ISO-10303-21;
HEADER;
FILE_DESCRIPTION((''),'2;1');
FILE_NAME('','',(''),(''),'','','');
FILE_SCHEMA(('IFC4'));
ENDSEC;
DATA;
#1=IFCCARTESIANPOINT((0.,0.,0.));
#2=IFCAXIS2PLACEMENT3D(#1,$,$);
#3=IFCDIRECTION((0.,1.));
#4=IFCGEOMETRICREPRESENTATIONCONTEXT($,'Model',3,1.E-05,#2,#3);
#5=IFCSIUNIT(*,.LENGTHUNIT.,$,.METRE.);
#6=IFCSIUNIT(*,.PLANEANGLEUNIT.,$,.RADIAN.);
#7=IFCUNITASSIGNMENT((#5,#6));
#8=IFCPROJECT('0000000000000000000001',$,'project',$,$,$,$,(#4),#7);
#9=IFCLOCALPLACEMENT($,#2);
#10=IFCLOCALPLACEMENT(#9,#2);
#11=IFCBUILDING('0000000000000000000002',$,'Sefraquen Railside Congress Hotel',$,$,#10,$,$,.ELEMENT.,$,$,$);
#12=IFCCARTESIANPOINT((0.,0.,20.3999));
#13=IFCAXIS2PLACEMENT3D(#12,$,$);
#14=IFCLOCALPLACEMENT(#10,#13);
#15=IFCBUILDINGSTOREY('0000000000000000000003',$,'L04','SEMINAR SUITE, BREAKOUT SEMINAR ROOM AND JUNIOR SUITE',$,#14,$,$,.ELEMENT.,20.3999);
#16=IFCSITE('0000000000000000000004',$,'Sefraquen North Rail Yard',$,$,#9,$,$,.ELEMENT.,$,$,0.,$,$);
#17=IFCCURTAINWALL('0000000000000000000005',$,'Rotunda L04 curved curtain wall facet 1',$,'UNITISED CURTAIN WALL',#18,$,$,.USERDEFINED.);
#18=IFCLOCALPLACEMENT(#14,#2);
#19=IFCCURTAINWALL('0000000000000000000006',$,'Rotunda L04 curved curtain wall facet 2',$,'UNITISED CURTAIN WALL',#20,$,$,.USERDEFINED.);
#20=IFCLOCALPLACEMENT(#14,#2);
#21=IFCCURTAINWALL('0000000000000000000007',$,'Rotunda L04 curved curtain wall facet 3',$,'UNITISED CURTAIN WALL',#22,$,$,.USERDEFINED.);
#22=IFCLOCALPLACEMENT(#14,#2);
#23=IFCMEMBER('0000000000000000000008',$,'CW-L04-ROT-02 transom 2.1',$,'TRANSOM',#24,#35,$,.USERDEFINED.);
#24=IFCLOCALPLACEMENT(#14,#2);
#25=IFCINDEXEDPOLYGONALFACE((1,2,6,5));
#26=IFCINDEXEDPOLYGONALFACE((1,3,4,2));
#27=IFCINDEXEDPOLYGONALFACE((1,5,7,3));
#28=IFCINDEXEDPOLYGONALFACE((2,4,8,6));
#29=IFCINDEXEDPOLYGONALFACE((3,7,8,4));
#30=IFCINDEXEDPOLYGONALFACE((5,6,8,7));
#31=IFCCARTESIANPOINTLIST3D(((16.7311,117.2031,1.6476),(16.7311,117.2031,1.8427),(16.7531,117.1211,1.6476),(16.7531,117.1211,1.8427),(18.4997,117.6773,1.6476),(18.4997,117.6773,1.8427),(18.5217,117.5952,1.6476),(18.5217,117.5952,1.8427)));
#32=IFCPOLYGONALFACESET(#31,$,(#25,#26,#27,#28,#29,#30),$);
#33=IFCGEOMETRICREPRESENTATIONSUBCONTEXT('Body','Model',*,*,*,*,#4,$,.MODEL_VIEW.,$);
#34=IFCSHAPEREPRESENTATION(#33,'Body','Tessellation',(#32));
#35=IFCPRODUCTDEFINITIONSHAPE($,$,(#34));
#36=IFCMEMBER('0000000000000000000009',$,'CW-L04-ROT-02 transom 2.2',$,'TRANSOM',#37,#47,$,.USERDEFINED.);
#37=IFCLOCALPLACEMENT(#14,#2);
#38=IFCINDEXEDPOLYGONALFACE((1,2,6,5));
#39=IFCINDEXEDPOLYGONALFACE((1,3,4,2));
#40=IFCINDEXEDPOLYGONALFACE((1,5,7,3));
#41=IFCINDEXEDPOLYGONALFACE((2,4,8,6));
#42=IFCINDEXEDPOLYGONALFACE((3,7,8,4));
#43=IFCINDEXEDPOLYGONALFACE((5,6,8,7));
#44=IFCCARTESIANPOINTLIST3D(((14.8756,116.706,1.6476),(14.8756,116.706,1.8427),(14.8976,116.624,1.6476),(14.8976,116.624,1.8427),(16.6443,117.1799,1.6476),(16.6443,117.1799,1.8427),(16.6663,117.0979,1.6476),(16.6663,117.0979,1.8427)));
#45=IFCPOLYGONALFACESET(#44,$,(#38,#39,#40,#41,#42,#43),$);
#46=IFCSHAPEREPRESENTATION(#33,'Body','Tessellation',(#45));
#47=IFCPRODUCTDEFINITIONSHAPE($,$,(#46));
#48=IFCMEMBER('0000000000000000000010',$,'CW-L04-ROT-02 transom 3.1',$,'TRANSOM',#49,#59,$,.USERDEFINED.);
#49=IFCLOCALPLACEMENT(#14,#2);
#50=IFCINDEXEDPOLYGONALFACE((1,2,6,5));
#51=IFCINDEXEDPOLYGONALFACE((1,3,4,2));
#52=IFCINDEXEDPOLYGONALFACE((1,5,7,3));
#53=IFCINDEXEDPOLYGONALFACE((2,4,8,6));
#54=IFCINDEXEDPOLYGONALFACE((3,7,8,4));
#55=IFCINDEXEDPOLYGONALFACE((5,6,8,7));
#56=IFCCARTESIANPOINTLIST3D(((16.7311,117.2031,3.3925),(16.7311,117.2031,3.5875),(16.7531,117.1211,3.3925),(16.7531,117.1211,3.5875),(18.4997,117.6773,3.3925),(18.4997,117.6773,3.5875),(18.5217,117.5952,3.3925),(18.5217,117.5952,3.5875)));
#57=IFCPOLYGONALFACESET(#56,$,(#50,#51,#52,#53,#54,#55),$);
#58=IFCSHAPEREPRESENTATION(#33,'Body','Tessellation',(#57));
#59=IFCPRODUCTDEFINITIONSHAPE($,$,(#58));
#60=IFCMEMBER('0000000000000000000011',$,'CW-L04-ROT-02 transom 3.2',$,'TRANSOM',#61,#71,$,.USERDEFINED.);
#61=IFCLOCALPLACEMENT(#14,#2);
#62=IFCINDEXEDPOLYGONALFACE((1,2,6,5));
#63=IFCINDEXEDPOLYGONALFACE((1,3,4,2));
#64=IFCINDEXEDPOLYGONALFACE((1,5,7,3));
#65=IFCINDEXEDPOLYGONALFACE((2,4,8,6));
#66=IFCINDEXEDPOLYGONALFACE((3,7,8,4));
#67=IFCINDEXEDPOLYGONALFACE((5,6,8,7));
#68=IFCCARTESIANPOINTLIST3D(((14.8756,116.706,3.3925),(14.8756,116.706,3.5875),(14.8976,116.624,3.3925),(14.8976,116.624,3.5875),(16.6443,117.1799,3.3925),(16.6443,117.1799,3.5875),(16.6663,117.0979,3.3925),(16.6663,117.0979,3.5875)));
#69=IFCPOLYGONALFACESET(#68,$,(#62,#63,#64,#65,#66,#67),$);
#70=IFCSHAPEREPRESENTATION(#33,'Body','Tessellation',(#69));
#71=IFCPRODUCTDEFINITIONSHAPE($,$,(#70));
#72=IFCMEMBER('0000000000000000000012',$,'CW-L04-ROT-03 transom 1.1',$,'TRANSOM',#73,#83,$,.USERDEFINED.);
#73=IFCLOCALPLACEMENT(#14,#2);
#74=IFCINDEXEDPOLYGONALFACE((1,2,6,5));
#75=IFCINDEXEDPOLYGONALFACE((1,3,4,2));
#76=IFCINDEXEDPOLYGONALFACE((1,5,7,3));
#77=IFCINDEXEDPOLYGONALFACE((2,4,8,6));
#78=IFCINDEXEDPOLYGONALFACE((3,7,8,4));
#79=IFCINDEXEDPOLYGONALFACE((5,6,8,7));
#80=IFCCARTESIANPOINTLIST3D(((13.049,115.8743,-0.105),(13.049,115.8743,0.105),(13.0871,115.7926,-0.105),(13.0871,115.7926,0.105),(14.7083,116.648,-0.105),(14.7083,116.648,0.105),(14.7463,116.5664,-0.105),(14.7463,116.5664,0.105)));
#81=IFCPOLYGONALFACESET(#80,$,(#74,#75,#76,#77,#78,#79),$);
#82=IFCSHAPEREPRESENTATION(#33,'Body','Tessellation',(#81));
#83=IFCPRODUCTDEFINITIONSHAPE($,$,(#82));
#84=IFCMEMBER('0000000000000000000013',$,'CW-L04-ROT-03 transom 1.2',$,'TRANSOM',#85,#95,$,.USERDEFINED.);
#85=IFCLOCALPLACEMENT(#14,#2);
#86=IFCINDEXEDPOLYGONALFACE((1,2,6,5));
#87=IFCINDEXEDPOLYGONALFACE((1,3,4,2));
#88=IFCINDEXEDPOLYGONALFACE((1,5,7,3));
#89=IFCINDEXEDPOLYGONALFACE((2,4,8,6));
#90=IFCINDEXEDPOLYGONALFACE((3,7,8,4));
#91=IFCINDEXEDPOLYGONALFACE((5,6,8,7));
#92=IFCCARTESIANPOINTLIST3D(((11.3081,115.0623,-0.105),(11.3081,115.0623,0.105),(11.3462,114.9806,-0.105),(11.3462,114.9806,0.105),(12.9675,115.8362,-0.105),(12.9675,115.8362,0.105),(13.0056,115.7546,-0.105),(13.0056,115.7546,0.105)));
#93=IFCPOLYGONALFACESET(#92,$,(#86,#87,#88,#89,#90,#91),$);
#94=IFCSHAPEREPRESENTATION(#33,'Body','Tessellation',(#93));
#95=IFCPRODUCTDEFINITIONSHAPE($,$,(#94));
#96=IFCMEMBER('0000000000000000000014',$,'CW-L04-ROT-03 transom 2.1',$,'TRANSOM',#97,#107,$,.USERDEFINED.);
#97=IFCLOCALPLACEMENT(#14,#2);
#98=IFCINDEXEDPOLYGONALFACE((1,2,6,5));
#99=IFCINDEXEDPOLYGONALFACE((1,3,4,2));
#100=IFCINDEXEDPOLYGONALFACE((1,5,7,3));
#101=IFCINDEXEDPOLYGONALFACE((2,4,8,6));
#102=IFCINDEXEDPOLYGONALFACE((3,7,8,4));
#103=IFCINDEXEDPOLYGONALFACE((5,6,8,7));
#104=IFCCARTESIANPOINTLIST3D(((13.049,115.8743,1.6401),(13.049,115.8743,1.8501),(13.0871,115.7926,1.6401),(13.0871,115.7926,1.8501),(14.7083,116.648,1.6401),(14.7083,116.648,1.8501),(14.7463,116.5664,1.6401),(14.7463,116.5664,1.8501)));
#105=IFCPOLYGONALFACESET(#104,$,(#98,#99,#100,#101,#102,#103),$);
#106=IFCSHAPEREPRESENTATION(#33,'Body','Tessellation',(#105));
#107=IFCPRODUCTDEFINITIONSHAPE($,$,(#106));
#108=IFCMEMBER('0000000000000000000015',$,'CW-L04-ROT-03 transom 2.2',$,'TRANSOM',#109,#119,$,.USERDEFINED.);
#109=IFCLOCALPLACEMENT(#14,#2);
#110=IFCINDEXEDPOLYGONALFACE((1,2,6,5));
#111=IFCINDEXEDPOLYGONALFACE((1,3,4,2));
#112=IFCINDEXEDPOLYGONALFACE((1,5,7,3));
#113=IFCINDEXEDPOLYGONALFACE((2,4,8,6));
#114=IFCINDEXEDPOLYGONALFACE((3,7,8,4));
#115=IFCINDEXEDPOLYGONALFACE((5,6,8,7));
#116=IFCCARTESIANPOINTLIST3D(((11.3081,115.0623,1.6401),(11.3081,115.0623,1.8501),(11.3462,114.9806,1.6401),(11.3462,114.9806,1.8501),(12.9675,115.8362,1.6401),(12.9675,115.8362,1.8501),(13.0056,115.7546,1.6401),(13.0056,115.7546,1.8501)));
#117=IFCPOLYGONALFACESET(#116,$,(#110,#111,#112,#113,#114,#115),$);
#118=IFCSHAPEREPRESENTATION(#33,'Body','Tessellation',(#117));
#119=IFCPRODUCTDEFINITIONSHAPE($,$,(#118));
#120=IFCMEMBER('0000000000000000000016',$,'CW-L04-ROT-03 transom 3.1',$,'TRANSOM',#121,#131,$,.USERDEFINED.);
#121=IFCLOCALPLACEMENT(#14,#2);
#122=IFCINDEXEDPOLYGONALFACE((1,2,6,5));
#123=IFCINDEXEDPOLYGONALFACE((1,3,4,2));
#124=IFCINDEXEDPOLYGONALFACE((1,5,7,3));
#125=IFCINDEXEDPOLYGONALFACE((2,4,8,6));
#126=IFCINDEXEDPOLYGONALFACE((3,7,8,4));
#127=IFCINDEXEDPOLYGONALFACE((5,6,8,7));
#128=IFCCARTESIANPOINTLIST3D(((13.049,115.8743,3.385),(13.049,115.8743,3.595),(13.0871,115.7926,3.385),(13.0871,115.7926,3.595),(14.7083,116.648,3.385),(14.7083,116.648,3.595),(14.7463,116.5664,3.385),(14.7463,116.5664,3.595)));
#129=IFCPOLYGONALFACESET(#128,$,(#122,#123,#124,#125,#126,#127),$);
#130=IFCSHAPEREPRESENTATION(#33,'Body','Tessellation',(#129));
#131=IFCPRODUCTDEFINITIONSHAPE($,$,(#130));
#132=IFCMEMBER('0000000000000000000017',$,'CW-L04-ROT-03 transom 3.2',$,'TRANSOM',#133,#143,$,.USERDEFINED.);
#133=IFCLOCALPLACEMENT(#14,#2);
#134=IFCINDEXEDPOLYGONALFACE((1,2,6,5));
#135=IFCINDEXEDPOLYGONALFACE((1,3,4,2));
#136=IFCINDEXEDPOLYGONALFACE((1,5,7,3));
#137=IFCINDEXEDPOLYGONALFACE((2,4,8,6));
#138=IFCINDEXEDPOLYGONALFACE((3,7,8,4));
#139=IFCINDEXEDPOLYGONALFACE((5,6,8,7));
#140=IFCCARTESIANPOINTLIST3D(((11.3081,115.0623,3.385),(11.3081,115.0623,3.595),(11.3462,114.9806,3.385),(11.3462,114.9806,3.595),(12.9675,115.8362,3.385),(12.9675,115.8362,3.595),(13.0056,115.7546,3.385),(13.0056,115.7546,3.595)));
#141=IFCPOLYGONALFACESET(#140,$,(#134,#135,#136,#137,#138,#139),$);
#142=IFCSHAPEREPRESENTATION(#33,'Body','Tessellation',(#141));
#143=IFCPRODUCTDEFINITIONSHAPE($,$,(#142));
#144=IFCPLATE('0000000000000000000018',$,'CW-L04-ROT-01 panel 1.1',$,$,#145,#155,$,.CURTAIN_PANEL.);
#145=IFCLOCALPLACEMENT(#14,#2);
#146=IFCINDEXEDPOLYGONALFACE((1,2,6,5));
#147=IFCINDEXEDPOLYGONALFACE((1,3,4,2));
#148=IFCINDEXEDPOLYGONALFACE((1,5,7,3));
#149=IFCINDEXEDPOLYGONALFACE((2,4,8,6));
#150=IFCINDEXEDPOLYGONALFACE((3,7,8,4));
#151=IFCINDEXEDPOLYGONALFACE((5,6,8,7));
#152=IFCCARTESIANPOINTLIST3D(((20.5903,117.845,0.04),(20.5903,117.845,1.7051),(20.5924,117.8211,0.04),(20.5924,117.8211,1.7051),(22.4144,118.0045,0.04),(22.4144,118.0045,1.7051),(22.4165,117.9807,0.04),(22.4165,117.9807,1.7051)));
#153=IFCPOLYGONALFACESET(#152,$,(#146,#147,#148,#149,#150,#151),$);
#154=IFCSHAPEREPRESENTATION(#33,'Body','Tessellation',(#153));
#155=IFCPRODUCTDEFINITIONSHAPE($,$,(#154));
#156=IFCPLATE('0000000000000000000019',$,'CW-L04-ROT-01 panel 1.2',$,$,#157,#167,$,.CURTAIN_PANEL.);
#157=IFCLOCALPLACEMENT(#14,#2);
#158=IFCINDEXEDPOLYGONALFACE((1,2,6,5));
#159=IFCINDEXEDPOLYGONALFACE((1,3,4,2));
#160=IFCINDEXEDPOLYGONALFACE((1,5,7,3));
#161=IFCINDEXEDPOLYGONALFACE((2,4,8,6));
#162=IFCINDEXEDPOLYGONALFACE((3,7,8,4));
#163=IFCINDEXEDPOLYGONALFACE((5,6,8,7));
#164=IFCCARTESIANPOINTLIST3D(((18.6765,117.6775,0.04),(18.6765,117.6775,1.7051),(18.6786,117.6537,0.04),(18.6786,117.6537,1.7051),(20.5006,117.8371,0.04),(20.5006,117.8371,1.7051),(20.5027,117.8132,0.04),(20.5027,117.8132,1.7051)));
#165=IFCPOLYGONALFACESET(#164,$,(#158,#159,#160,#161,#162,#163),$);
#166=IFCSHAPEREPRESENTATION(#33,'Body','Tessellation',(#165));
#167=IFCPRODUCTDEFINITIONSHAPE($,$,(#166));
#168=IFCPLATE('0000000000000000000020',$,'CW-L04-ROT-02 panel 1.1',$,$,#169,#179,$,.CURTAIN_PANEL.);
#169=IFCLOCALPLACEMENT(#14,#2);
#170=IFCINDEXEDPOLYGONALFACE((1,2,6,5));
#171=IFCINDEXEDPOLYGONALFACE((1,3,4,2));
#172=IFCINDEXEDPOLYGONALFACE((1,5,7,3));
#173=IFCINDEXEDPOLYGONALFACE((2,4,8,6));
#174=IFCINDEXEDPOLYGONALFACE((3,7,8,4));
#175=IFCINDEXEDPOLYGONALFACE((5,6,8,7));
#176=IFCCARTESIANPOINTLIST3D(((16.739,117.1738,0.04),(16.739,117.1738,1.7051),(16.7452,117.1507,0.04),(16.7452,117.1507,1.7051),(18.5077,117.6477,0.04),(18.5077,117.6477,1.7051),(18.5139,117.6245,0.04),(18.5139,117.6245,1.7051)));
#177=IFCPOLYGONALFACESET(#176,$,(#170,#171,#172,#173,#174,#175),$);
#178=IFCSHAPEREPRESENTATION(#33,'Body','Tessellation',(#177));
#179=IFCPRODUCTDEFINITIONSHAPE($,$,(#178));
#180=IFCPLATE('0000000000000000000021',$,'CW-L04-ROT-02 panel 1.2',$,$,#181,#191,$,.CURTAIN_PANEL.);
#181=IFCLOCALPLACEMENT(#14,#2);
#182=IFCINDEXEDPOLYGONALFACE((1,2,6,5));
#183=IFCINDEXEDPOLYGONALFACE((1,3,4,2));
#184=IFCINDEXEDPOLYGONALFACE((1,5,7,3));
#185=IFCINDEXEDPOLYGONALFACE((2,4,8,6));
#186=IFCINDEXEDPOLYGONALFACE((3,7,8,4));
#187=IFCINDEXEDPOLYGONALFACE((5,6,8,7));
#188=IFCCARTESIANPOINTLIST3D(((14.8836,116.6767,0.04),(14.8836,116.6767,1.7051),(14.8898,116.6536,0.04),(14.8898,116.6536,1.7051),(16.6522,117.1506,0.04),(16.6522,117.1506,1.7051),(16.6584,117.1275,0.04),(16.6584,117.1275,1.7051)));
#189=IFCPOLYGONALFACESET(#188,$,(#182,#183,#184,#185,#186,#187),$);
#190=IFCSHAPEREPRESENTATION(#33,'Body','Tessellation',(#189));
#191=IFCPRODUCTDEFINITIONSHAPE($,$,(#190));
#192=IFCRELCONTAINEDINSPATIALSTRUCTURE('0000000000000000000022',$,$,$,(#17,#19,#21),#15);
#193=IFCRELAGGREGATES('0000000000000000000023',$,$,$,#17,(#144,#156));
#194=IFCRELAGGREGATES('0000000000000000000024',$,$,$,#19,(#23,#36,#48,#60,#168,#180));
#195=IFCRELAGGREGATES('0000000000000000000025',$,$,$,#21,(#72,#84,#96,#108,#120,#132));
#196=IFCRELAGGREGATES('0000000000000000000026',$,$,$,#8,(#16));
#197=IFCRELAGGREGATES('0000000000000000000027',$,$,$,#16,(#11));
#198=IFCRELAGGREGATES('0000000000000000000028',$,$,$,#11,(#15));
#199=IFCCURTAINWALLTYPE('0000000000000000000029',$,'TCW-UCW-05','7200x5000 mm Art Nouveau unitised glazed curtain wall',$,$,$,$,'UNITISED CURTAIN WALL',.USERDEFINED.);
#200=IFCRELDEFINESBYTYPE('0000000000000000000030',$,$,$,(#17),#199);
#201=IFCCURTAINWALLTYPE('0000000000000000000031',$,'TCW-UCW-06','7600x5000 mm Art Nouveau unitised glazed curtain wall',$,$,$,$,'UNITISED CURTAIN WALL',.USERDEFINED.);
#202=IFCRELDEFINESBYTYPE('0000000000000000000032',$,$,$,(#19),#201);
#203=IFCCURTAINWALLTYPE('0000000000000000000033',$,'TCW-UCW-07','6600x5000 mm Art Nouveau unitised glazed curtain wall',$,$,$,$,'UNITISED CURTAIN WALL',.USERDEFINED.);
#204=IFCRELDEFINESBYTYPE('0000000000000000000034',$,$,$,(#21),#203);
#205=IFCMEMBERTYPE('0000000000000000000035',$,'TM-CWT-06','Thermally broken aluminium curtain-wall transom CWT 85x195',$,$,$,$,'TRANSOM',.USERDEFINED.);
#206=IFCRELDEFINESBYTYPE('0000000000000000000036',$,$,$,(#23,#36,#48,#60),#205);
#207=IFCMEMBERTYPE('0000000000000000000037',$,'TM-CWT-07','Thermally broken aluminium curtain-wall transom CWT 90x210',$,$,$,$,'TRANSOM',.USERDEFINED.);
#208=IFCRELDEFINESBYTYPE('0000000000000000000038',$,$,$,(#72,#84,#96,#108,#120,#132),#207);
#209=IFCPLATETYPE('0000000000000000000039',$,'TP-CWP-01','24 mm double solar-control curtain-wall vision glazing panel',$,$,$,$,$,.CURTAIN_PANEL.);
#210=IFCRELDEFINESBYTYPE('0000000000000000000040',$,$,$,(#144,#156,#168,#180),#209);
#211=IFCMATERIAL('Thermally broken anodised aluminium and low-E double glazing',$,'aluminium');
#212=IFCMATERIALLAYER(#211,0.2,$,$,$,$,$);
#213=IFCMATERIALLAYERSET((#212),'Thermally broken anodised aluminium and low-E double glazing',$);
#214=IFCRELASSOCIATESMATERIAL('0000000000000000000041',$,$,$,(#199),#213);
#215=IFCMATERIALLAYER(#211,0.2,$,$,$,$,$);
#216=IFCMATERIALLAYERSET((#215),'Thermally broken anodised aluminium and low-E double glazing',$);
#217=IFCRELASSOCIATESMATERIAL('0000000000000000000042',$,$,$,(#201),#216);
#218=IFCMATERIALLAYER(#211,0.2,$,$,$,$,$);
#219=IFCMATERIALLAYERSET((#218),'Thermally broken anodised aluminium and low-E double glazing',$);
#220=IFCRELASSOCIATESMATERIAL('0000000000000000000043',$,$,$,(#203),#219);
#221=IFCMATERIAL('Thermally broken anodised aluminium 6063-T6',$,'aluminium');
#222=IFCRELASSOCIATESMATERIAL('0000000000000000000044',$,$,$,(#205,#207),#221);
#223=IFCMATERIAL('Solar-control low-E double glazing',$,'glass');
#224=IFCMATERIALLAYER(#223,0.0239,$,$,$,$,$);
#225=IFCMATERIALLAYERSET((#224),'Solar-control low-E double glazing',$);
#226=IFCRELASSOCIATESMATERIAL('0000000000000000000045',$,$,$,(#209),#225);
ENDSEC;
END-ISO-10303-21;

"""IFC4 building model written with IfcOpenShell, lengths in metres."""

from ifc_helpers import new_model, si_unit, direction, frame, origin, origin_2d, place, context, subcontext, project, spatial, rectangle, extrude, material, layer, layer_set, material_profile, profile_set, type_object, element, aggregate, save


model = new_model("IFC4")

# Units and contexts
model_context = context("Model", 3, precision=1e-05, world=origin(), true_north=direction((0.0, 1.0)))
body_context = subcontext(model_context, "Body", "Model", "MODEL_VIEW")
ifc_project = project(units=[si_unit("LENGTHUNIT", "METRE"), si_unit("PLANEANGLEUNIT", "RADIAN")], contexts=[model_context])

# Site, building, storey
site_placement = place(None, origin())
site = spatial("IfcSite", under=ifc_project, at=site_placement, Name="Sefraquen North Rail Yard", CompositionType="ELEMENT", RefElevation=0.0)
building_placement = place(site_placement, origin())
building = spatial("IfcBuilding", under=site, at=building_placement, Name="Sefraquen Railside Congress Hotel", CompositionType="ELEMENT")
storey_placement = place(building_placement, frame((0.0, 0.0, 20.3999)))
storey = spatial("IfcBuildingStorey", under=building, at=storey_placement, Name="L04", Description="SEMINAR SUITE, BREAKOUT SEMINAR ROOM AND JUNIOR SUITE", CompositionType="ELEMENT", Elevation=20.3999)

# Curtain walls
ifc_material_1 = material(Name="Thermally broken anodised aluminium and low-E double glazing", Category="aluminium")
ifc_layer_1 = layer(ifc_material_1, 0.2)
ifc_layer_set_1 = layer_set([ifc_layer_1], Name="Thermally broken anodised aluminium and low-E double glazing")
curtain_wall_type_1 = type_object("IfcCurtainWallType", Name="TCW-UCW-05", Description="7200x5000 mm Art Nouveau unitised glazed curtain wall", ElementType="UNITISED CURTAIN WALL", PredefinedType="USERDEFINED", material=ifc_layer_set_1)
curtain_wall_1_placement = place(storey_placement, origin())
curtain_wall_1 = element("IfcCurtainWall", 1, at=curtain_wall_1_placement, inside=storey, type_object=curtain_wall_type_1, Name="Rotunda L04 curved curtain wall facet 1", ObjectType="UNITISED CURTAIN WALL", PredefinedType="USERDEFINED")
ifc_material_2 = material(Name="Thermally broken anodised aluminium 6063-T6", Category="aluminium")
ifc_layer_2 = layer(ifc_material_1, 0.2)
ifc_layer_set_2 = layer_set([ifc_layer_2], Name="Thermally broken anodised aluminium and low-E double glazing")
curtain_wall_type_2 = type_object("IfcCurtainWallType", Name="TCW-UCW-06", Description="7600x5000 mm Art Nouveau unitised glazed curtain wall", ElementType="UNITISED CURTAIN WALL", PredefinedType="USERDEFINED", material=ifc_layer_set_2)
curtain_wall_2_placement = place(storey_placement, origin())
curtain_wall_2 = element("IfcCurtainWall", 2, at=curtain_wall_2_placement, inside=storey, type_object=curtain_wall_type_2, Name="Rotunda L04 curved curtain wall facet 2", ObjectType="UNITISED CURTAIN WALL", PredefinedType="USERDEFINED")
ifc_layer_3 = layer(ifc_material_1, 0.2)
ifc_layer_set_3 = layer_set([ifc_layer_3], Name="Thermally broken anodised aluminium and low-E double glazing")
curtain_wall_type_3 = type_object("IfcCurtainWallType", Name="TCW-UCW-07", Description="6600x5000 mm Art Nouveau unitised glazed curtain wall", ElementType="UNITISED CURTAIN WALL", PredefinedType="USERDEFINED", material=ifc_layer_set_3)
curtain_wall_3_placement = place(storey_placement, origin())
curtain_wall_3 = element("IfcCurtainWall", 3, at=curtain_wall_3_placement, inside=storey, type_object=curtain_wall_type_3, Name="Rotunda L04 curved curtain wall facet 3", ObjectType="UNITISED CURTAIN WALL", PredefinedType="USERDEFINED")

# Members
ifc_material_profile_1 = material_profile(ifc_material_2, rectangle(XDim=0.085, YDim=0.1951, at=origin_2d()), Name="CWT 85x195")
ifc_profile_set_1 = profile_set([ifc_material_profile_1], Name="Thermally broken anodised aluminium 6063-T6")
member_type_1 = type_object("IfcMemberType", Name="TM-CWT-06", Description="Thermally broken aluminium curtain-wall transom CWT 85x195", ElementType="TRANSOM", PredefinedType="USERDEFINED", material=ifc_profile_set_1)
member_1_placement = place(storey_placement, frame((18.5107, 117.6362, 1.7451), z_axis=(-0.965893, -0.25894, 0.0), x_axis=(0.25894, -0.965893, 0.0)))
member_1 = element("IfcMember", 4, at=member_1_placement, type_object=member_type_1, Name="CW-L04-ROT-02 transom 2.1", ObjectType="TRANSOM", PredefinedType="USERDEFINED", context=body_context, shape_type="SweptSolid", body=[
    extrude(rectangle(XDim=0.085, YDim=0.1951, at=origin_2d()), origin(), (0.0, 0.0, 1.0), 1.8311),
])
member_2_placement = place(storey_placement, frame((16.6553, 117.1389, 1.7451), z_axis=(-0.965927, -0.258816, 0.0), x_axis=(0.258816, -0.965927, 0.0)))
member_2 = element("IfcMember", 5, at=member_2_placement, type_object=member_type_1, Name="CW-L04-ROT-02 transom 2.2", ObjectType="TRANSOM", PredefinedType="USERDEFINED", context=body_context, shape_type="SweptSolid", body=[
    extrude(rectangle(XDim=0.085, YDim=0.1951, at=origin_2d()), origin(), (0.0, 0.0, 1.0), 1.8311),
])
member_3_placement = place(storey_placement, frame((18.5107, 117.6362, 3.49), z_axis=(-0.965893, -0.25894, 0.0), x_axis=(0.25894, -0.965893, 0.0)))
member_3 = element("IfcMember", 6, at=member_3_placement, type_object=member_type_1, Name="CW-L04-ROT-02 transom 3.1", ObjectType="TRANSOM", PredefinedType="USERDEFINED", context=body_context, shape_type="SweptSolid", body=[
    extrude(rectangle(XDim=0.085, YDim=0.1951, at=origin_2d()), origin(), (0.0, 0.0, 1.0), 1.8311),
])
member_4_placement = place(storey_placement, frame((16.6553, 117.1389, 3.49), z_axis=(-0.965927, -0.258816, 0.0), x_axis=(0.258816, -0.965927, 0.0)))
member_4 = element("IfcMember", 7, at=member_4_placement, type_object=member_type_1, Name="CW-L04-ROT-02 transom 3.2", ObjectType="TRANSOM", PredefinedType="USERDEFINED", context=body_context, shape_type="SweptSolid", body=[
    extrude(rectangle(XDim=0.085, YDim=0.1951, at=origin_2d()), origin(), (0.0, 0.0, 1.0), 1.8311),
])
ifc_material_profile_2 = material_profile(ifc_material_2, rectangle(XDim=0.0901, YDim=0.21, at=origin_2d()), Name="CWT 90x210")
ifc_profile_set_2 = profile_set([ifc_material_profile_2], Name="Thermally broken anodised aluminium 6063-T6")
member_type_2 = type_object("IfcMemberType", Name="TM-CWT-07", Description="Thermally broken aluminium curtain-wall transom CWT 90x210", ElementType="TRANSOM", PredefinedType="USERDEFINED", material=ifc_profile_set_2)
member_5_placement = place(storey_placement, frame((14.7273, 116.6072, 0.0), z_axis=(-0.906309, -0.422615, 0.0), x_axis=(0.422615, -0.906309, 0.0)))
member_5 = element("IfcMember", 8, at=member_5_placement, type_object=member_type_2, Name="CW-L04-ROT-03 transom 1.1", ObjectType="TRANSOM", PredefinedType="USERDEFINED", context=body_context, shape_type="SweptSolid", body=[
    extrude(rectangle(XDim=0.0901, YDim=0.21, at=origin_2d()), origin(), (0.0, 0.0, 1.0), 1.8308),
])
member_6_placement = place(storey_placement, frame((12.9866, 115.7954, 0.0), z_axis=(-0.906282, -0.422674, 0.0), x_axis=(0.422674, -0.906282, 0.0)))
member_6 = element("IfcMember", 9, at=member_6_placement, type_object=member_type_2, Name="CW-L04-ROT-03 transom 1.2", ObjectType="TRANSOM", PredefinedType="USERDEFINED", context=body_context, shape_type="SweptSolid", body=[
    extrude(rectangle(XDim=0.0901, YDim=0.21, at=origin_2d()), origin(), (0.0, 0.0, 1.0), 1.8311),
])
member_7_placement = place(storey_placement, frame((14.7273, 116.6072, 1.7451), z_axis=(-0.906309, -0.422615, 0.0), x_axis=(0.422615, -0.906309, 0.0)))
member_7 = element("IfcMember", 10, at=member_7_placement, type_object=member_type_2, Name="CW-L04-ROT-03 transom 2.1", ObjectType="TRANSOM", PredefinedType="USERDEFINED", context=body_context, shape_type="SweptSolid", body=[
    extrude(rectangle(XDim=0.0901, YDim=0.21, at=origin_2d()), origin(), (0.0, 0.0, 1.0), 1.8308),
])
member_8_placement = place(storey_placement, frame((12.9866, 115.7954, 1.7451), z_axis=(-0.906282, -0.422674, 0.0), x_axis=(0.422674, -0.906282, 0.0)))
member_8 = element("IfcMember", 11, at=member_8_placement, type_object=member_type_2, Name="CW-L04-ROT-03 transom 2.2", ObjectType="TRANSOM", PredefinedType="USERDEFINED", context=body_context, shape_type="SweptSolid", body=[
    extrude(rectangle(XDim=0.0901, YDim=0.21, at=origin_2d()), origin(), (0.0, 0.0, 1.0), 1.8311),
])
member_9_placement = place(storey_placement, frame((14.7273, 116.6072, 3.49), z_axis=(-0.906309, -0.422615, 0.0), x_axis=(0.422615, -0.906309, 0.0)))
member_9 = element("IfcMember", 12, at=member_9_placement, type_object=member_type_2, Name="CW-L04-ROT-03 transom 3.1", ObjectType="TRANSOM", PredefinedType="USERDEFINED", context=body_context, shape_type="SweptSolid", body=[
    extrude(rectangle(XDim=0.0901, YDim=0.21, at=origin_2d()), origin(), (0.0, 0.0, 1.0), 1.8308),
])
member_10_placement = place(storey_placement, frame((12.9866, 115.7954, 3.49), z_axis=(-0.906282, -0.422674, 0.0), x_axis=(0.422674, -0.906282, 0.0)))
member_10 = element("IfcMember", 13, at=member_10_placement, type_object=member_type_2, Name="CW-L04-ROT-03 transom 3.2", ObjectType="TRANSOM", PredefinedType="USERDEFINED", context=body_context, shape_type="SweptSolid", body=[
    extrude(rectangle(XDim=0.0901, YDim=0.21, at=origin_2d()), origin(), (0.0, 0.0, 1.0), 1.8311),
])

# Plates
ifc_material_3 = material(Name="Solar-control low-E double glazing", Category="glass")
ifc_layer_4 = layer(ifc_material_3, 0.0239)
ifc_layer_set_4 = layer_set([ifc_layer_4], Name="Solar-control low-E double glazing")
plate_type_1 = type_object("IfcPlateType", Name="TP-CWP-01", Description="24 mm double solar-control curtain-wall vision glazing panel", PredefinedType="CURTAIN_PANEL", material=ifc_layer_set_4)
plate_1_placement = place(storey_placement, frame((21.5034, 117.9128, 0.04), z_axis=(0.0, 0.0, 1.0), x_axis=(-0.996196, -0.087138, 0.0)))
plate_1 = element("IfcPlate", 14, at=plate_1_placement, type_object=plate_type_1, Name="CW-L04-ROT-01 panel 1.1", PredefinedType="CURTAIN_PANEL", context=body_context, shape_type="SweptSolid", body=[
    extrude(rectangle(XDim=1.8311, YDim=0.0239, at=origin_2d()), origin(), (0.0, 0.0, 1.0), 1.665),
])
plate_2_placement = place(storey_placement, frame((19.5896, 117.7454, 0.04), z_axis=(0.0, 0.0, 1.0), x_axis=(-0.996196, -0.087138, 0.0)))
plate_2 = element("IfcPlate", 15, at=plate_2_placement, type_object=plate_type_1, Name="CW-L04-ROT-01 panel 1.2", PredefinedType="CURTAIN_PANEL", context=body_context, shape_type="SweptSolid", body=[
    extrude(rectangle(XDim=1.8311, YDim=0.0239, at=origin_2d()), origin(), (0.0, 0.0, 1.0), 1.665),
])
plate_3_placement = place(storey_placement, frame((17.6265, 117.3992, 0.04), z_axis=(0.0, 0.0, 1.0), x_axis=(-0.965935, -0.258785, 0.0)))
plate_3 = element("IfcPlate", 16, at=plate_3_placement, type_object=plate_type_1, Name="CW-L04-ROT-02 panel 1.1", PredefinedType="CURTAIN_PANEL", context=body_context, shape_type="SweptSolid", body=[
    extrude(rectangle(XDim=1.8311, YDim=0.0239, at=origin_2d()), origin(), (0.0, 0.0, 1.0), 1.665),
])
plate_4_placement = place(storey_placement, frame((15.771, 116.9021, 0.04), z_axis=(0.0, 0.0, 1.0), x_axis=(-0.965935, -0.258785, 0.0)))
plate_4 = element("IfcPlate", 17, at=plate_4_placement, type_object=plate_type_1, Name="CW-L04-ROT-02 panel 1.2", PredefinedType="CURTAIN_PANEL", context=body_context, shape_type="SweptSolid", body=[
    extrude(rectangle(XDim=1.8311, YDim=0.0239, at=origin_2d()), origin(), (0.0, 0.0, 1.0), 1.665),
])
aggregate(curtain_wall_1, [plate_1, plate_2])
aggregate(curtain_wall_2, [member_1, member_2, member_3, member_4, plate_3, plate_4])
aggregate(curtain_wall_3, [member_5, member_6, member_7, member_8, member_9, member_10])

save(model, "model.ifc")
